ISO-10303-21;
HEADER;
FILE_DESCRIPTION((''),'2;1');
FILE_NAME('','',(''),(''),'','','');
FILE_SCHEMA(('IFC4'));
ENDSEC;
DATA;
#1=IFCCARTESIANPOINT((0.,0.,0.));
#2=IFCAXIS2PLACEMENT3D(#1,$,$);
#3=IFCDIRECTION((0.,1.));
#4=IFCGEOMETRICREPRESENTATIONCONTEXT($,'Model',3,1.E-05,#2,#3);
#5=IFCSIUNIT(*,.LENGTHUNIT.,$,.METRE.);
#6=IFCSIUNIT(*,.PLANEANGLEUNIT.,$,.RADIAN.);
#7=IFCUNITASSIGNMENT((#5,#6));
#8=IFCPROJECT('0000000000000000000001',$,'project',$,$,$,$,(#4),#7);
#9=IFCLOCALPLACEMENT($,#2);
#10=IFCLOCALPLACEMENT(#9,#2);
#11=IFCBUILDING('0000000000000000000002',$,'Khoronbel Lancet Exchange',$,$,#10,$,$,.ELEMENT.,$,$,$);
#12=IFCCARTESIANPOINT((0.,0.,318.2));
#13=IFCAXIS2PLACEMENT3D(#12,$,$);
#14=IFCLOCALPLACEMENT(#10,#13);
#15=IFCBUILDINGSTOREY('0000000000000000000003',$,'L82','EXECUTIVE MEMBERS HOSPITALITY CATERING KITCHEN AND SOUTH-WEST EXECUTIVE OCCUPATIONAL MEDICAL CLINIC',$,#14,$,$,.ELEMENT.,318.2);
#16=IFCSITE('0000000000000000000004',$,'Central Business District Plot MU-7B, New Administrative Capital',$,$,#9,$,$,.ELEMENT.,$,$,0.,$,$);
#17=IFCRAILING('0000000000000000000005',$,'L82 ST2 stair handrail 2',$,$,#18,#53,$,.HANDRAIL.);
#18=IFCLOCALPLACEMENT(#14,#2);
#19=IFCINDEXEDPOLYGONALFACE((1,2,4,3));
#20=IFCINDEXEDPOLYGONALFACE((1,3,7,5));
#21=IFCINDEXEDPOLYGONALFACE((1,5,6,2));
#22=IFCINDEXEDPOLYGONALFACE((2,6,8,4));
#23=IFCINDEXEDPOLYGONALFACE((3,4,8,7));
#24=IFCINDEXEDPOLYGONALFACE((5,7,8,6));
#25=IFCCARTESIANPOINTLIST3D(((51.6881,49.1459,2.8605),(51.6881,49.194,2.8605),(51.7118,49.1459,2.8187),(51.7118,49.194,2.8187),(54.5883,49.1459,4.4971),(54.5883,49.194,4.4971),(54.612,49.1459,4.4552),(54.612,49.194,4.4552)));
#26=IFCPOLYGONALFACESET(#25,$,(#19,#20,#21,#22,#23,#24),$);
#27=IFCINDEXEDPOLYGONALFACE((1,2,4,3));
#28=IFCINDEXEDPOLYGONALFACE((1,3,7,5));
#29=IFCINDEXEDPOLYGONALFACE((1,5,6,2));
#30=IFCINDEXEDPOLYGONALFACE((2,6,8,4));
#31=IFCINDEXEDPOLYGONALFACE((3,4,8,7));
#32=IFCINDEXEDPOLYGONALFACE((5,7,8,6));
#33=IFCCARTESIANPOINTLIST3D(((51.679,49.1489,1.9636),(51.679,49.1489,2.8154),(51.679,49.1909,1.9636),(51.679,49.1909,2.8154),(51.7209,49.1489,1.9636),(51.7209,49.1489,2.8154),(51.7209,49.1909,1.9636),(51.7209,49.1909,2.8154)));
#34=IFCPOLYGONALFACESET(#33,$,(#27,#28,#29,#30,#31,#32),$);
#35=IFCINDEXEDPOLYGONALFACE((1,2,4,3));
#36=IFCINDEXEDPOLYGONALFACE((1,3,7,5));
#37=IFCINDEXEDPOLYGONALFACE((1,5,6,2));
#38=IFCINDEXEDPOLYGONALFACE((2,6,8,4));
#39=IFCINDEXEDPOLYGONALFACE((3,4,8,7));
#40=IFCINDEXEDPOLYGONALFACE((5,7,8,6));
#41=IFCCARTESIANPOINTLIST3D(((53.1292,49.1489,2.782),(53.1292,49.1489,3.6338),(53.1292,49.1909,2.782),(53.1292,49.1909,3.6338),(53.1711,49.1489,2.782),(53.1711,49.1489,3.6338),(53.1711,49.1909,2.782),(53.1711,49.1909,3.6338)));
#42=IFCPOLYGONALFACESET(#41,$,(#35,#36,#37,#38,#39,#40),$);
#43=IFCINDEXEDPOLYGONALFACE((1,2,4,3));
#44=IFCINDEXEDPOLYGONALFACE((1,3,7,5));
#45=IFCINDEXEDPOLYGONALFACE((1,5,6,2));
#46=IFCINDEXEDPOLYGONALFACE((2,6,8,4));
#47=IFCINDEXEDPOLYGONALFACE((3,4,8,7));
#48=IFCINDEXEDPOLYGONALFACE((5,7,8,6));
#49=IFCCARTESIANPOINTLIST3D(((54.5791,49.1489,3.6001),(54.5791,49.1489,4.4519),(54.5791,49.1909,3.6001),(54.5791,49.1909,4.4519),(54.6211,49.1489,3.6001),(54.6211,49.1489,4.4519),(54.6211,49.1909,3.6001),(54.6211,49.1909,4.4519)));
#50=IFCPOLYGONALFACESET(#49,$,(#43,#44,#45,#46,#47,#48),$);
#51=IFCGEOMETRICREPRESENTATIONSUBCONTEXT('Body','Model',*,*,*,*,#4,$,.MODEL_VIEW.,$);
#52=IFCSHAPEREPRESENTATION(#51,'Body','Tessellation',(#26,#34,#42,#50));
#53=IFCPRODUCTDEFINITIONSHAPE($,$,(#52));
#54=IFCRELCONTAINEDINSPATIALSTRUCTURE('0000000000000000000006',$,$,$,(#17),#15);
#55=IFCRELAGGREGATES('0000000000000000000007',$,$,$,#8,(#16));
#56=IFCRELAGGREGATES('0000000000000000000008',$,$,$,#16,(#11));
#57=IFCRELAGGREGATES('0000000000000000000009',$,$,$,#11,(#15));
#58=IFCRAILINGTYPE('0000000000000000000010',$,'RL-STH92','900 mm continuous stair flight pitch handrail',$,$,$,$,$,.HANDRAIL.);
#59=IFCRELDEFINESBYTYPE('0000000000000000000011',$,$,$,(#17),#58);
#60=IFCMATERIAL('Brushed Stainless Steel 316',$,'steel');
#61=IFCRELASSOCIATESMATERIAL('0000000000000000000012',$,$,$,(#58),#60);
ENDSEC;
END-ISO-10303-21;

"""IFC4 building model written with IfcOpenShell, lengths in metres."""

from ifc_helpers import new_model, si_unit, direction, frame, origin, origin_2d, place, context, subcontext, project, spatial, rectangle, extrude, material, type_object, element, save


model = new_model("IFC4")

# Units and contexts
model_context = context("Model", 3, precision=1e-05, world=origin(), true_north=direction((0.0, 1.0)))
body_context = subcontext(model_context, "Body", "Model", "MODEL_VIEW")
ifc_project = project(units=[si_unit("LENGTHUNIT", "METRE"), si_unit("PLANEANGLEUNIT", "RADIAN")], contexts=[model_context])

# Site, building, storey
site_placement = place(None, origin())
site = spatial("IfcSite", under=ifc_project, at=site_placement, Name="Central Business District Plot MU-7B, New Administrative Capital", CompositionType="ELEMENT", RefElevation=0.0)
building_placement = place(site_placement, origin())
building = spatial("IfcBuilding", under=site, at=building_placement, Name="Khoronbel Lancet Exchange", CompositionType="ELEMENT")
storey_placement = place(building_placement, frame((0.0, 0.0, 318.2)))
storey = spatial("IfcBuildingStorey", under=building, at=storey_placement, Name="L82", Description="EXECUTIVE MEMBERS HOSPITALITY CATERING KITCHEN AND SOUTH-WEST EXECUTIVE OCCUPATIONAL MEDICAL CLINIC", CompositionType="ELEMENT", Elevation=318.2)

# Railing
ifc_material_1 = material(Name="Brushed Stainless Steel 316", Category="steel")
railing_type_1 = type_object("IfcRailingType", Name="RL-STH92", Description="900 mm continuous stair flight pitch handrail", PredefinedType="HANDRAIL", material=ifc_material_1)
railing_1_placement = place(storey_placement, frame((51.7, 49.1699, 1.9636)))
element("IfcRailing", 1, at=railing_1_placement, inside=storey, type_object=railing_type_1, Name="L82 ST2 stair handrail 2", PredefinedType="HANDRAIL", context=body_context, shape_type="SweptSolid", body=[
    extrude(rectangle(XDim=0.0481, YDim=0.0481, at=origin_2d()), frame((0.0, 0.0, 0.876), z_axis=(0.870915, 0.0, 0.491434), x_axis=(0.0, 1.0, 0.0)), (0.0, 0.0, 1.0), 3.3301),
    extrude(rectangle(XDim=0.042, YDim=0.042, at=origin_2d()), origin(), (0.0, 0.0, 1.0), 0.8518),
    extrude(rectangle(XDim=0.042, YDim=0.042, at=origin_2d()), frame((1.4502, 0.0, 0.8184)), (0.0, 0.0, 1.0), 0.8518),
    extrude(rectangle(XDim=0.042, YDim=0.042, at=origin_2d()), frame((2.9001, 0.0, 1.6365)), (0.0, 0.0, 1.0), 0.8518),
])

save(model, "model.ifc")
